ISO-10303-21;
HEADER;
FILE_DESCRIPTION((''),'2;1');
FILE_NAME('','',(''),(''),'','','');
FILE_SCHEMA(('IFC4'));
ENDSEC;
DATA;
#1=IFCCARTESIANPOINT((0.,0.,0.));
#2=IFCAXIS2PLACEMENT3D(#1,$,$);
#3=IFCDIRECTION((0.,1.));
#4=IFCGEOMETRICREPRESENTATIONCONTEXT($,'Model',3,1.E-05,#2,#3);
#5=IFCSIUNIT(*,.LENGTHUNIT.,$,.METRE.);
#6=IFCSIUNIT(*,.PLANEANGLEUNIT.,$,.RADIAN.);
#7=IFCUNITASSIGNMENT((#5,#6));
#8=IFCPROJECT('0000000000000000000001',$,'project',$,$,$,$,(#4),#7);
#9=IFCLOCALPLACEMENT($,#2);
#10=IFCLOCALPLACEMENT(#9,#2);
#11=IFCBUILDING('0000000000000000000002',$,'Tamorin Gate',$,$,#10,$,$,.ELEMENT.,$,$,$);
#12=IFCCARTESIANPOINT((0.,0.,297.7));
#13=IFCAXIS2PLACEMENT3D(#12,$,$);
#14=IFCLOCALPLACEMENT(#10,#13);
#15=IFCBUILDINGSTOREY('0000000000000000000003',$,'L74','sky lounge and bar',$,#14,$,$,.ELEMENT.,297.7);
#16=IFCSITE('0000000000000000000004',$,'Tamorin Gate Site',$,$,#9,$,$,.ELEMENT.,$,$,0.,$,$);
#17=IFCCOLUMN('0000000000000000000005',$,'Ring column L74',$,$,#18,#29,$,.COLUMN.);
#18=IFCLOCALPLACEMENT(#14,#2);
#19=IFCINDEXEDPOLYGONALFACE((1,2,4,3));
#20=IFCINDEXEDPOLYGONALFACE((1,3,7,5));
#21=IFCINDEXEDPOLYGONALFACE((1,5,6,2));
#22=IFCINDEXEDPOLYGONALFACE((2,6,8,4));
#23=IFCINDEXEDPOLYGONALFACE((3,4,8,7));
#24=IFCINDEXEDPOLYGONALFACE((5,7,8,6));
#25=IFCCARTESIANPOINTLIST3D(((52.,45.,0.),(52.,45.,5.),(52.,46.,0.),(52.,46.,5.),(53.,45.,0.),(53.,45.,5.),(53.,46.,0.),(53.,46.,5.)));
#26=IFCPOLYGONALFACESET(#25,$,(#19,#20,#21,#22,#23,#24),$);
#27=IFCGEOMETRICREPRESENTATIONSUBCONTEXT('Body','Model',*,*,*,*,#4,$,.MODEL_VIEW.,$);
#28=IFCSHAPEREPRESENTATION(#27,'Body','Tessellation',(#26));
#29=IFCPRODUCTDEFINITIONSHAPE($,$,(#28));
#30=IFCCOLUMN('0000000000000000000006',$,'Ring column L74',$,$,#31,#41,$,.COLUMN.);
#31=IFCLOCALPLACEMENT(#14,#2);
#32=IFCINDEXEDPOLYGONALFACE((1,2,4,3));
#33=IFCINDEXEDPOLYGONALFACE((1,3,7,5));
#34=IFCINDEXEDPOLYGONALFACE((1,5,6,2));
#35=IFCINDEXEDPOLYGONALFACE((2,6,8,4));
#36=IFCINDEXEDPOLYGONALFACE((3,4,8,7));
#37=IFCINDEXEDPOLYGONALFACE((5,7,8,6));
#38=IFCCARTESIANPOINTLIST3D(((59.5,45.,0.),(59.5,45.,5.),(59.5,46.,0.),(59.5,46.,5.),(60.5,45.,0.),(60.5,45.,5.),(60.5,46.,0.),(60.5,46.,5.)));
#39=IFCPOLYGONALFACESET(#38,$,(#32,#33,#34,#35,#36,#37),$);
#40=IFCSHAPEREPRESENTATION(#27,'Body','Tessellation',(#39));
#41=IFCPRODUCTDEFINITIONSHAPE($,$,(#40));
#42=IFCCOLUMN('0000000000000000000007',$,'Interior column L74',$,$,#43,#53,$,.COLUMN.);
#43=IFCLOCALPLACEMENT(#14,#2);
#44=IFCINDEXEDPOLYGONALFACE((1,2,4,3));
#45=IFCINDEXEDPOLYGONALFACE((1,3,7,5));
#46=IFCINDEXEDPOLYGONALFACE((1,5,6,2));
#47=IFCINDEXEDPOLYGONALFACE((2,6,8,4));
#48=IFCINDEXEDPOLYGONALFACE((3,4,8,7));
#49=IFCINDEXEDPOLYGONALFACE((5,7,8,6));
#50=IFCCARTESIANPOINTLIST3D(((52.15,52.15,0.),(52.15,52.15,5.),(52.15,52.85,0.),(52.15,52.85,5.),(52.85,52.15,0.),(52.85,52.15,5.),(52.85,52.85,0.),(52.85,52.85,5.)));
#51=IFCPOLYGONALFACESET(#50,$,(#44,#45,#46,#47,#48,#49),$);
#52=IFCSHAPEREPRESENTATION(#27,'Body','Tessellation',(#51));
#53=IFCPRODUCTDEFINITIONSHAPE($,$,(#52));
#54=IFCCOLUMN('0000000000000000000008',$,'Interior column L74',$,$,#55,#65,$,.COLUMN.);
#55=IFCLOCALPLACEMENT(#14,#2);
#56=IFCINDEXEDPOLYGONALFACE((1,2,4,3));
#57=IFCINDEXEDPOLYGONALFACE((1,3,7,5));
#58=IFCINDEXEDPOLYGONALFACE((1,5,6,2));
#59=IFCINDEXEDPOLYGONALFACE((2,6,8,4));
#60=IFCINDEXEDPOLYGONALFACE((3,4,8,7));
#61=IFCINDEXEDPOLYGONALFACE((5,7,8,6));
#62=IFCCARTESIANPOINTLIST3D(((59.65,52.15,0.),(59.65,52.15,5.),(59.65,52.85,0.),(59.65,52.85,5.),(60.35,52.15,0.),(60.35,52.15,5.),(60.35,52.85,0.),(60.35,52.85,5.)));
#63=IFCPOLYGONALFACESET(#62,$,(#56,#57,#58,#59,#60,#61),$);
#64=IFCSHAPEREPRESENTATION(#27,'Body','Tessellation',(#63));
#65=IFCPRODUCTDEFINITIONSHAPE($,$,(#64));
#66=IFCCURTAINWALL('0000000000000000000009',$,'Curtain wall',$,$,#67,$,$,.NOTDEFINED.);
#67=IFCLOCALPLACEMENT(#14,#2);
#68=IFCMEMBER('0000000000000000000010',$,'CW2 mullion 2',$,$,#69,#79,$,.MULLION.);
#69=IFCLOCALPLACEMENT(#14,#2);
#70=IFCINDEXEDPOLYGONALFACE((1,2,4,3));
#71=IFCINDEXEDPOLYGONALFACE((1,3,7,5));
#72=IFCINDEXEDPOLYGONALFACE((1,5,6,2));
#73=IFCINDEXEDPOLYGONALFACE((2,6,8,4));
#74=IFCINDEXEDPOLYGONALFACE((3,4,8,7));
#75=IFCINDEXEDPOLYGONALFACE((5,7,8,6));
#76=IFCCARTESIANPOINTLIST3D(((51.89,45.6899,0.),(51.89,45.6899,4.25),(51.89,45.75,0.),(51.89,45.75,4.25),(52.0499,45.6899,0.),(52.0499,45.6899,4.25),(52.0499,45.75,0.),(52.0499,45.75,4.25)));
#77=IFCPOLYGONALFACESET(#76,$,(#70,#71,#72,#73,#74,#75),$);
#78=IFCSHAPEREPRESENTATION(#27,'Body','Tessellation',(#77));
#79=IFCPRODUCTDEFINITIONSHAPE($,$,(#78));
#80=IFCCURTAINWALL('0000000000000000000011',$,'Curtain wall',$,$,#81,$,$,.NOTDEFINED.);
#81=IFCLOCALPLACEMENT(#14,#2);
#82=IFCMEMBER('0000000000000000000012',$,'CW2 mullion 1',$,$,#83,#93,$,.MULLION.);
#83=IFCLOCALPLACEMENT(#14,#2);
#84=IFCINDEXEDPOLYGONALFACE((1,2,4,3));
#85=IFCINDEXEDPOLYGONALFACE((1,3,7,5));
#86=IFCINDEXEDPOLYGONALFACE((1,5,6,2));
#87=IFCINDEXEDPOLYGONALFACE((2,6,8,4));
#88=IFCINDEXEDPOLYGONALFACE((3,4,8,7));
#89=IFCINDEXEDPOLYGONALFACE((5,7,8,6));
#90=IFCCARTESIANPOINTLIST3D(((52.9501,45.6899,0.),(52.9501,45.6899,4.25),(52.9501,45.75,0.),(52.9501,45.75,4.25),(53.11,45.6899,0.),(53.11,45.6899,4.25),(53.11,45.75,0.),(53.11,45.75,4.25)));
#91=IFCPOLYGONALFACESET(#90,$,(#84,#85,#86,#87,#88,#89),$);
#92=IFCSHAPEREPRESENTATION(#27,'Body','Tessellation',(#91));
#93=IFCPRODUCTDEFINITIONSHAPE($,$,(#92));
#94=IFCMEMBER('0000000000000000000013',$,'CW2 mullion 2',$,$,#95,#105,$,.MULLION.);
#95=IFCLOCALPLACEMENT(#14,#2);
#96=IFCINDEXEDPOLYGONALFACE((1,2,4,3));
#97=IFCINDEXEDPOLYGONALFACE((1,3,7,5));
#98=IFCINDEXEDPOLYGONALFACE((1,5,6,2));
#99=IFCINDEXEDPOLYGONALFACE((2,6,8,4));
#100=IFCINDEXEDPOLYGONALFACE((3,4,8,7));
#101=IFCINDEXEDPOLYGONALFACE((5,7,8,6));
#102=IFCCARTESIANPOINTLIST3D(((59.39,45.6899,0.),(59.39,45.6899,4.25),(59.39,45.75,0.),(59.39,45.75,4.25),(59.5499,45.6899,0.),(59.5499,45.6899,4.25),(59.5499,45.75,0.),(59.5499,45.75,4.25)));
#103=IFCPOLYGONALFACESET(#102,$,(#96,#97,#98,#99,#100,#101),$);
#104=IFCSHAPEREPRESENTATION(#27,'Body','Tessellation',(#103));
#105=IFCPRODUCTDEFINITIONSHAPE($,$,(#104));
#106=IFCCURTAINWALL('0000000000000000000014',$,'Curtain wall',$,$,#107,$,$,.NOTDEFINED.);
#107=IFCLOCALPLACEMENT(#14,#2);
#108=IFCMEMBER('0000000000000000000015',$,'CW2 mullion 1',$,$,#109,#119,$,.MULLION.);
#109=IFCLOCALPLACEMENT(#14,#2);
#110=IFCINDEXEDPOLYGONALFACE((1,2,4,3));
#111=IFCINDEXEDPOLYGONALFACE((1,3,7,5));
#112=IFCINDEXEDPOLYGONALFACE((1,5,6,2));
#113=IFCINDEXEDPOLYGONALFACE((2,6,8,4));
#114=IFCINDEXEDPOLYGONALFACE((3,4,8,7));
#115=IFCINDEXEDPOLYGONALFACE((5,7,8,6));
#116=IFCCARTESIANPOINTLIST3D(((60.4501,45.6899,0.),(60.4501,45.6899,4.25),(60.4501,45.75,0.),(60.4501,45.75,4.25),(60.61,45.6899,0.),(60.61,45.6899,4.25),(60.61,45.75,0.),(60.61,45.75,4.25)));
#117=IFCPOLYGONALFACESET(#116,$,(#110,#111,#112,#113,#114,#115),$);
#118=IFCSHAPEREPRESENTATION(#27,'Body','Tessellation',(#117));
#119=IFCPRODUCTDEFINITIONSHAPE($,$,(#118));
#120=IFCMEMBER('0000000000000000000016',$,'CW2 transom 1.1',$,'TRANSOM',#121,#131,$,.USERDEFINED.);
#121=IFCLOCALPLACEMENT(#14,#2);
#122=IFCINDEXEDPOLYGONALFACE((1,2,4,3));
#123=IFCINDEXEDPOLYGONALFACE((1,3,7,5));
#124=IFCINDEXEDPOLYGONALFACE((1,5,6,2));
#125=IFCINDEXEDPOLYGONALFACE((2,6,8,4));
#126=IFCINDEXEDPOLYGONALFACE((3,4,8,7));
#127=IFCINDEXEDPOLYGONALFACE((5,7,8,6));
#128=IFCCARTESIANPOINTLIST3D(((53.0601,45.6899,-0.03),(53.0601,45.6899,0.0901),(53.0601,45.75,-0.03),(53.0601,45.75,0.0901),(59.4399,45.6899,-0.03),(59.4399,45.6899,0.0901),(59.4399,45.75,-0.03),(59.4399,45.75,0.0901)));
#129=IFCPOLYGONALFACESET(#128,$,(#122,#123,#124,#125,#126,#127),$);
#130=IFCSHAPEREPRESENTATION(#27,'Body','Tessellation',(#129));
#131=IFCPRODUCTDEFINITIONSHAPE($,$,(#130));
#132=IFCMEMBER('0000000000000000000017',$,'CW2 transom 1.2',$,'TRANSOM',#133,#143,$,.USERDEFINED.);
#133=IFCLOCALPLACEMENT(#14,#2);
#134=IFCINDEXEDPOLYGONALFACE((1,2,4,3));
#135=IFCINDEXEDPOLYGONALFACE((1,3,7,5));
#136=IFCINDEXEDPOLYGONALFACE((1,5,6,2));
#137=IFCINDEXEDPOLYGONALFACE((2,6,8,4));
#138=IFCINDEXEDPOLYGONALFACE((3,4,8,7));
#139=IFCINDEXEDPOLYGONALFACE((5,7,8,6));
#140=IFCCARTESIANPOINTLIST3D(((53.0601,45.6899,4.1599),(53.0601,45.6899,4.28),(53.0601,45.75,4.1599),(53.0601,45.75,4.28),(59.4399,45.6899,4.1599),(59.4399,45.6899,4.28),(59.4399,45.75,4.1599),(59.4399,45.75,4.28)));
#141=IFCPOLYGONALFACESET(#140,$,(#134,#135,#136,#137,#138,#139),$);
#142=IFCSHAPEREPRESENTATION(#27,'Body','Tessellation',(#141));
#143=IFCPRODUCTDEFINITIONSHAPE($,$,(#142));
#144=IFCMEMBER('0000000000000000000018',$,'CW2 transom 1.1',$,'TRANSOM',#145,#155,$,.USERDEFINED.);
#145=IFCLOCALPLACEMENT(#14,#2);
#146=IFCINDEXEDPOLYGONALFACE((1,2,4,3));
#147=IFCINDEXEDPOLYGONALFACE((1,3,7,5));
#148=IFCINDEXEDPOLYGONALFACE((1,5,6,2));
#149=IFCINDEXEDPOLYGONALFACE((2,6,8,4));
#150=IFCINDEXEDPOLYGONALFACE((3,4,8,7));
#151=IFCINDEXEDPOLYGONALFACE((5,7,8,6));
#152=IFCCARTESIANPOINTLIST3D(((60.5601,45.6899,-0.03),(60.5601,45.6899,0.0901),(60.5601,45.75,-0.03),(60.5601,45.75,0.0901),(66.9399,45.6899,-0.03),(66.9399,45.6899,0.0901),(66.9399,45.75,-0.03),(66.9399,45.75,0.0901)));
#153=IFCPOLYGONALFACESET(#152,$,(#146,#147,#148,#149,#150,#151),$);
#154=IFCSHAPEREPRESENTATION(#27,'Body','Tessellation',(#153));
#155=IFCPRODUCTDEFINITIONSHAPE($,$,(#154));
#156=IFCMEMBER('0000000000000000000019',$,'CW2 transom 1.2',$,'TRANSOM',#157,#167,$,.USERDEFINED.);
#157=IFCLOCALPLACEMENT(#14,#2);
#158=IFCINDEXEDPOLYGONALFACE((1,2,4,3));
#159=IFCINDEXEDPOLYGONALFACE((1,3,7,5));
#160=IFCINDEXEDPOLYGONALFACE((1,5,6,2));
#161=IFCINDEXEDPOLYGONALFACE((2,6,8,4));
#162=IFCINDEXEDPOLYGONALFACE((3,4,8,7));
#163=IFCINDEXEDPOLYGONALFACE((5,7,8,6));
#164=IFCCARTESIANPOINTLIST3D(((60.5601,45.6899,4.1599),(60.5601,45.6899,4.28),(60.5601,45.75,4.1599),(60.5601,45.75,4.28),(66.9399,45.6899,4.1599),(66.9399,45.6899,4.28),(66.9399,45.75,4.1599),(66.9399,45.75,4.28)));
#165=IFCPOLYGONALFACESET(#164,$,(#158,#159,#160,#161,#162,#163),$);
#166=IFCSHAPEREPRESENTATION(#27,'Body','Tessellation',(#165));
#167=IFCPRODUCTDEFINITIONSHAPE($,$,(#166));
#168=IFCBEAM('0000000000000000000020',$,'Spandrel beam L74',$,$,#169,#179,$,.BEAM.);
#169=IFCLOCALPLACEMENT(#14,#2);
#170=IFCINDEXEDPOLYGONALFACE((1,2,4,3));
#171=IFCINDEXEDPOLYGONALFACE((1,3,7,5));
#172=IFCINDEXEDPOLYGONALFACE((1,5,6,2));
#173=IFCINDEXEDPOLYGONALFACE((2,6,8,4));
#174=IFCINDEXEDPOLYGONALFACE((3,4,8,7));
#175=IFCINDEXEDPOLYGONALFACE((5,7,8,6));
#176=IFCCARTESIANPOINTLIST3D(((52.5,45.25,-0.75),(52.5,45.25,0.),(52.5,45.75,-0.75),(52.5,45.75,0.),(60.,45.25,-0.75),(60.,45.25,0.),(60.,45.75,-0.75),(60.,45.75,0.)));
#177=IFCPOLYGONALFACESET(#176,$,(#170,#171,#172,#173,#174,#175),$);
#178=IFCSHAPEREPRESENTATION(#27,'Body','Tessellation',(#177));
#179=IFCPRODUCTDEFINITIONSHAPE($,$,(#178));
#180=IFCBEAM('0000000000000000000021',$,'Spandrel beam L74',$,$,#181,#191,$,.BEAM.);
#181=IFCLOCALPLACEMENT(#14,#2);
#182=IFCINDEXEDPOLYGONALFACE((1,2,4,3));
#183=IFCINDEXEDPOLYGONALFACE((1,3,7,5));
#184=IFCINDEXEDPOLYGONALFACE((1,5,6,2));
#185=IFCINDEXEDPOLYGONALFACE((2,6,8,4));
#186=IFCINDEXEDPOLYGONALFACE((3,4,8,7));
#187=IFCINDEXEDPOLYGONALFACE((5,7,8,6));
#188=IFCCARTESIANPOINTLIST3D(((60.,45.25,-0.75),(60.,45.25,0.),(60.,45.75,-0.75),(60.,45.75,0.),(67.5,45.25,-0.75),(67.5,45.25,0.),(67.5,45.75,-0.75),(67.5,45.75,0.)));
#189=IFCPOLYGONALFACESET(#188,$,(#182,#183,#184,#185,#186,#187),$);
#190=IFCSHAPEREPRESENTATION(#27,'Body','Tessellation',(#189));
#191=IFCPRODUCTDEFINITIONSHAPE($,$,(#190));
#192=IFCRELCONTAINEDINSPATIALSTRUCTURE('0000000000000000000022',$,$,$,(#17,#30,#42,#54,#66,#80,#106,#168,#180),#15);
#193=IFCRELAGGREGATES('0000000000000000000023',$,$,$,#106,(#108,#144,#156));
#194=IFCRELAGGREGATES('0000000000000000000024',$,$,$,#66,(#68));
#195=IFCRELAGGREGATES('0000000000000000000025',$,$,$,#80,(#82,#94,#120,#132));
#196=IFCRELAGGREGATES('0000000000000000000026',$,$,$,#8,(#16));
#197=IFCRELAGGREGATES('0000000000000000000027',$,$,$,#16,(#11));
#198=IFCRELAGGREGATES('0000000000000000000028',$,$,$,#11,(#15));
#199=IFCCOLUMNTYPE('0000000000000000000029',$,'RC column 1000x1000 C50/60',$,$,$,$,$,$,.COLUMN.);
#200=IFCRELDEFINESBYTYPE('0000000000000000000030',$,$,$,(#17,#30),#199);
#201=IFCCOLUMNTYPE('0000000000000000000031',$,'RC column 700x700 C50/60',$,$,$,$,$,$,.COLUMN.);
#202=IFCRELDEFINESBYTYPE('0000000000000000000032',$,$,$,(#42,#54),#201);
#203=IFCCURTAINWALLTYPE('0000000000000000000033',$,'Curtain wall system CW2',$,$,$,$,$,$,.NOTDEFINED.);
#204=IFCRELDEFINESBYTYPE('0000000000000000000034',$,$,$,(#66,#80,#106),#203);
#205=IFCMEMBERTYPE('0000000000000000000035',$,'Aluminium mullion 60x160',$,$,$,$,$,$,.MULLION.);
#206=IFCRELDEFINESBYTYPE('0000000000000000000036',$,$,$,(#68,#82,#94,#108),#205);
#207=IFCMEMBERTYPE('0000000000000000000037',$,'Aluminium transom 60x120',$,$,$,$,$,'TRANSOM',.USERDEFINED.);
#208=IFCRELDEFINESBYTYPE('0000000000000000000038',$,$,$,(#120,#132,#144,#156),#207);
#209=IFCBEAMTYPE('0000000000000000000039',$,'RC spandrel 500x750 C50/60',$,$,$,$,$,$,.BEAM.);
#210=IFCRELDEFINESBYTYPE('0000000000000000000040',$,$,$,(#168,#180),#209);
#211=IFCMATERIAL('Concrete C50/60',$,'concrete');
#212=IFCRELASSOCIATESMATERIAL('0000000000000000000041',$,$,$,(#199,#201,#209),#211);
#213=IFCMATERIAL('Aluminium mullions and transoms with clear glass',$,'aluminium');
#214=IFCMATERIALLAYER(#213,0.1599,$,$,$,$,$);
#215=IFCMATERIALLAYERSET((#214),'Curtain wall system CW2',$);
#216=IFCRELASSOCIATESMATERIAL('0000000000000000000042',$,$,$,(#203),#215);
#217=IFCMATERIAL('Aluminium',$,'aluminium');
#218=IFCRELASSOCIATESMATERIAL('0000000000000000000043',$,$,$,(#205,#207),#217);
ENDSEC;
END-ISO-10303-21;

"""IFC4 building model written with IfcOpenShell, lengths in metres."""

from ifc_helpers import new_model, si_unit, direction, frame, origin, origin_2d, place, context, subcontext, project, spatial, rectangle, extrude, material, layer, layer_set, material_profile, profile_set, type_object, element, aggregate, save


model = new_model("IFC4")

# Units and contexts
model_context = context("Model", 3, precision=1e-05, world=origin(), true_north=direction((0.0, 1.0)))
body_context = subcontext(model_context, "Body", "Model", "MODEL_VIEW")
ifc_project = project(units=[si_unit("LENGTHUNIT", "METRE"), si_unit("PLANEANGLEUNIT", "RADIAN")], contexts=[model_context])

# Site, building, storey
site_placement = place(None, origin())
site = spatial("IfcSite", under=ifc_project, at=site_placement, Name="Tamorin Gate Site", CompositionType="ELEMENT", RefElevation=0.0)
building_placement = place(site_placement, origin())
building = spatial("IfcBuilding", under=site, at=building_placement, Name="Tamorin Gate", CompositionType="ELEMENT")
storey_placement = place(building_placement, frame((0.0, 0.0, 297.7)))
storey = spatial("IfcBuildingStorey", under=building, at=storey_placement, Name="L74", Description="sky lounge and bar", CompositionType="ELEMENT", Elevation=297.7)

# Columns
ifc_material_1 = material(Name="Concrete C50/60", Category="concrete")
ifc_material_profile_1 = material_profile(ifc_material_1, rectangle(XDim=1.0, YDim=1.0, at=origin_2d()), Name="RC 1000x1000")
ifc_profile_set_1 = profile_set([ifc_material_profile_1], Name="Concrete C50/60")
column_type_1 = type_object("IfcColumnType", Name="RC column 1000x1000 C50/60", PredefinedType="COLUMN", material=ifc_profile_set_1)
for number, where, z_axis, x_axis, name in (
    (1, (52.5, 45.5, 0.0), (0.0, 0.0, 1.0), (1.0, 0.0, 0.0), "Ring column L74"),
    (2, (60.0, 45.5, 0.0), (0.0, 0.0, 1.0), (1.0, 0.0, 0.0), "Ring column L74"),
):
    element("IfcColumn", number, at=place(storey_placement, frame(where, z_axis=z_axis, x_axis=x_axis)), inside=storey, type_object=column_type_1, Name=name, PredefinedType="COLUMN", context=body_context, shape_type="SweptSolid", body=[
        extrude(rectangle(XDim=1.0, YDim=1.0, at=origin_2d()), origin(), (0.0, 0.0, 1.0), 5.0),
    ])
ifc_material_profile_2 = material_profile(ifc_material_1, rectangle(XDim=0.7, YDim=0.7, at=origin_2d()), Name="RC 700x700")
ifc_profile_set_2 = profile_set([ifc_material_profile_2], Name="Concrete C50/60")
column_type_2 = type_object("IfcColumnType", Name="RC column 700x700 C50/60", PredefinedType="COLUMN", material=ifc_profile_set_2)
for number, where, z_axis, x_axis, name in (
    (3, (52.5, 52.5, 0.0), (0.0, 0.0, 1.0), (1.0, 0.0, 0.0), "Interior column L74"),
    (4, (60.0, 52.5, 0.0), (0.0, 0.0, 1.0), (1.0, 0.0, 0.0), "Interior column L74"),
):
    element("IfcColumn", number, at=place(storey_placement, frame(where, z_axis=z_axis, x_axis=x_axis)), inside=storey, type_object=column_type_2, Name=name, PredefinedType="COLUMN", context=body_context, shape_type="SweptSolid", body=[
        extrude(rectangle(XDim=0.7, YDim=0.7, at=origin_2d()), origin(), (0.0, 0.0, 1.0), 5.0),
    ])

# Curtain wall, member
ifc_material_2 = material(Name="Aluminium mullions and transoms with clear glass", Category="aluminium")
ifc_layer_1 = layer(ifc_material_2, 0.1599)
ifc_layer_set_1 = layer_set([ifc_layer_1], Name="Curtain wall system CW2")
curtain_wall_type = type_object("IfcCurtainWallType", Name="Curtain wall system CW2", PredefinedType="NOTDEFINED", material=ifc_layer_set_1)
curtain_wall_1_placement = place(storey_placement, origin())
curtain_wall_1 = element("IfcCurtainWall", 5, at=curtain_wall_1_placement, inside=storey, type_object=curtain_wall_type, Name="Curtain wall", PredefinedType="NOTDEFINED")
ifc_material_3 = material(Name="Aluminium", Category="aluminium")
ifc_material_profile_3 = material_profile(ifc_material_3, rectangle(XDim=0.0601, YDim=0.1599, at=origin_2d()), Name="RECT 60x160")
ifc_profile_set_3 = profile_set([ifc_material_profile_3], Name="Aluminium")
member_type_1 = type_object("IfcMemberType", Name="Aluminium mullion 60x160", PredefinedType="MULLION", material=ifc_profile_set_3)
member_1_placement = place(storey_placement, frame((51.97, 45.72, 0.0), z_axis=(0.0, 0.0, 1.0), x_axis=(0.0, 1.0, 0.0)))
member_1 = element("IfcMember", 6, at=member_1_placement, type_object=member_type_1, Name="CW2 mullion 2", PredefinedType="MULLION", context=body_context, shape_type="SweptSolid", body=[
    extrude(rectangle(XDim=0.0601, YDim=0.1599, at=origin_2d()), origin(), (0.0, 0.0, 1.0), 4.25),
])

# Curtain wall, members
curtain_wall_2_placement = place(storey_placement, origin())
curtain_wall_2 = element("IfcCurtainWall", 7, at=curtain_wall_2_placement, inside=storey, type_object=curtain_wall_type, Name="Curtain wall", PredefinedType="NOTDEFINED")
member_2_placement = place(storey_placement, frame((53.03, 45.72, 0.0), z_axis=(0.0, 0.0, 1.0), x_axis=(0.0, 1.0, 0.0)))
member_2 = element("IfcMember", 8, at=member_2_placement, type_object=member_type_1, Name="CW2 mullion 1", PredefinedType="MULLION", context=body_context, shape_type="SweptSolid", body=[
    extrude(rectangle(XDim=0.0601, YDim=0.1599, at=origin_2d()), origin(), (0.0, 0.0, 1.0), 4.25),
])
member_3_placement = place(storey_placement, frame((59.47, 45.72, 0.0), z_axis=(0.0, 0.0, 1.0), x_axis=(0.0, 1.0, 0.0)))
member_3 = element("IfcMember", 9, at=member_3_placement, type_object=member_type_1, Name="CW2 mullion 2", PredefinedType="MULLION", context=body_context, shape_type="SweptSolid", body=[
    extrude(rectangle(XDim=0.0601, YDim=0.1599, at=origin_2d()), origin(), (0.0, 0.0, 1.0), 4.25),
])

# Curtain wall, member
curtain_wall_3_placement = place(storey_placement, origin())
curtain_wall_3 = element("IfcCurtainWall", 10, at=curtain_wall_3_placement, inside=storey, type_object=curtain_wall_type, Name="Curtain wall", PredefinedType="NOTDEFINED")
member_4_placement = place(storey_placement, frame((60.53, 45.72, 0.0), z_axis=(0.0, 0.0, 1.0), x_axis=(0.0, 1.0, 0.0)))
member_4 = element("IfcMember", 11, at=member_4_placement, type_object=member_type_1, Name="CW2 mullion 1", PredefinedType="MULLION", context=body_context, shape_type="SweptSolid", body=[
    extrude(rectangle(XDim=0.0601, YDim=0.1599, at=origin_2d()), origin(), (0.0, 0.0, 1.0), 4.25),
])

# Members
ifc_material_profile_4 = material_profile(ifc_material_3, rectangle(XDim=0.0601, YDim=0.1201, at=origin_2d()), Name="RECT 60x120")
ifc_profile_set_4 = profile_set([ifc_material_profile_4], Name="Aluminium")
member_type_2 = type_object("IfcMemberType", Name="Aluminium transom 60x120", ElementType="TRANSOM", PredefinedType="USERDEFINED", material=ifc_profile_set_4)
member_5_placement = place(storey_placement, frame((53.0601, 45.72, 0.03), z_axis=(1.0, 0.0, 0.0), x_axis=(0.0, 1.0, 0.0)))
member_5 = element("IfcMember", 12, at=member_5_placement, type_object=member_type_2, Name="CW2 transom 1.1", ObjectType="TRANSOM", PredefinedType="USERDEFINED", context=body_context, shape_type="SweptSolid", body=[
    extrude(rectangle(XDim=0.0601, YDim=0.1201, at=origin_2d()), origin(), (0.0, 0.0, 1.0), 6.3799),
])
member_6_placement = place(storey_placement, frame((53.0601, 45.72, 4.22), z_axis=(1.0, 0.0, 0.0), x_axis=(0.0, 1.0, 0.0)))
member_6 = element("IfcMember", 13, at=member_6_placement, type_object=member_type_2, Name="CW2 transom 1.2", ObjectType="TRANSOM", PredefinedType="USERDEFINED", context=body_context, shape_type="SweptSolid", body=[
    extrude(rectangle(XDim=0.0601, YDim=0.1201, at=origin_2d()), origin(), (0.0, 0.0, 1.0), 6.3799),
])
member_7_placement = place(storey_placement, frame((60.5601, 45.72, 0.03), z_axis=(1.0, 0.0, 0.0), x_axis=(0.0, 1.0, 0.0)))
member_7 = element("IfcMember", 14, at=member_7_placement, type_object=member_type_2, Name="CW2 transom 1.1", ObjectType="TRANSOM", PredefinedType="USERDEFINED", context=body_context, shape_type="SweptSolid", body=[
    extrude(rectangle(XDim=0.0601, YDim=0.1201, at=origin_2d()), origin(), (0.0, 0.0, 1.0), 6.3799),
])
member_8_placement = place(storey_placement, frame((60.5601, 45.72, 4.22), z_axis=(1.0, 0.0, 0.0), x_axis=(0.0, 1.0, 0.0)))
member_8 = element("IfcMember", 15, at=member_8_placement, type_object=member_type_2, Name="CW2 transom 1.2", ObjectType="TRANSOM", PredefinedType="USERDEFINED", context=body_context, shape_type="SweptSolid", body=[
    extrude(rectangle(XDim=0.0601, YDim=0.1201, at=origin_2d()), origin(), (0.0, 0.0, 1.0), 6.3799),
])
aggregate(curtain_wall_3, [member_4, member_7, member_8])

# Beams
ifc_material_profile_5 = material_profile(ifc_material_1, rectangle(XDim=0.5, YDim=0.75, at=origin_2d()), Name="RC 500x750")
ifc_profile_set_5 = profile_set([ifc_material_profile_5], Name="Concrete C50/60")
beam_type = type_object("IfcBeamType", Name="RC spandrel 500x750 C50/60", PredefinedType="BEAM", material=ifc_profile_set_5)
for number, where, z_axis, x_axis, name in (
    (16, (52.5, 45.5, -0.375), (1.0, 0.0, 0.0), (0.0, 1.0, 0.0), "Spandrel beam L74"),
    (17, (60.0, 45.5, -0.375), (1.0, 0.0, 0.0), (0.0, 1.0, 0.0), "Spandrel beam L74"),
):
    element("IfcBeam", number, at=place(storey_placement, frame(where, z_axis=z_axis, x_axis=x_axis)), inside=storey, type_object=beam_type, Name=name, PredefinedType="BEAM", context=body_context, shape_type="SweptSolid", body=[
        extrude(rectangle(XDim=0.5, YDim=0.75, at=origin_2d()), origin(), (0.0, 0.0, 1.0), 7.5),
    ])

aggregate(curtain_wall_1, [member_1])
aggregate(curtain_wall_2, [member_2, member_3, member_5, member_6])

save(model, "model.ifc")
